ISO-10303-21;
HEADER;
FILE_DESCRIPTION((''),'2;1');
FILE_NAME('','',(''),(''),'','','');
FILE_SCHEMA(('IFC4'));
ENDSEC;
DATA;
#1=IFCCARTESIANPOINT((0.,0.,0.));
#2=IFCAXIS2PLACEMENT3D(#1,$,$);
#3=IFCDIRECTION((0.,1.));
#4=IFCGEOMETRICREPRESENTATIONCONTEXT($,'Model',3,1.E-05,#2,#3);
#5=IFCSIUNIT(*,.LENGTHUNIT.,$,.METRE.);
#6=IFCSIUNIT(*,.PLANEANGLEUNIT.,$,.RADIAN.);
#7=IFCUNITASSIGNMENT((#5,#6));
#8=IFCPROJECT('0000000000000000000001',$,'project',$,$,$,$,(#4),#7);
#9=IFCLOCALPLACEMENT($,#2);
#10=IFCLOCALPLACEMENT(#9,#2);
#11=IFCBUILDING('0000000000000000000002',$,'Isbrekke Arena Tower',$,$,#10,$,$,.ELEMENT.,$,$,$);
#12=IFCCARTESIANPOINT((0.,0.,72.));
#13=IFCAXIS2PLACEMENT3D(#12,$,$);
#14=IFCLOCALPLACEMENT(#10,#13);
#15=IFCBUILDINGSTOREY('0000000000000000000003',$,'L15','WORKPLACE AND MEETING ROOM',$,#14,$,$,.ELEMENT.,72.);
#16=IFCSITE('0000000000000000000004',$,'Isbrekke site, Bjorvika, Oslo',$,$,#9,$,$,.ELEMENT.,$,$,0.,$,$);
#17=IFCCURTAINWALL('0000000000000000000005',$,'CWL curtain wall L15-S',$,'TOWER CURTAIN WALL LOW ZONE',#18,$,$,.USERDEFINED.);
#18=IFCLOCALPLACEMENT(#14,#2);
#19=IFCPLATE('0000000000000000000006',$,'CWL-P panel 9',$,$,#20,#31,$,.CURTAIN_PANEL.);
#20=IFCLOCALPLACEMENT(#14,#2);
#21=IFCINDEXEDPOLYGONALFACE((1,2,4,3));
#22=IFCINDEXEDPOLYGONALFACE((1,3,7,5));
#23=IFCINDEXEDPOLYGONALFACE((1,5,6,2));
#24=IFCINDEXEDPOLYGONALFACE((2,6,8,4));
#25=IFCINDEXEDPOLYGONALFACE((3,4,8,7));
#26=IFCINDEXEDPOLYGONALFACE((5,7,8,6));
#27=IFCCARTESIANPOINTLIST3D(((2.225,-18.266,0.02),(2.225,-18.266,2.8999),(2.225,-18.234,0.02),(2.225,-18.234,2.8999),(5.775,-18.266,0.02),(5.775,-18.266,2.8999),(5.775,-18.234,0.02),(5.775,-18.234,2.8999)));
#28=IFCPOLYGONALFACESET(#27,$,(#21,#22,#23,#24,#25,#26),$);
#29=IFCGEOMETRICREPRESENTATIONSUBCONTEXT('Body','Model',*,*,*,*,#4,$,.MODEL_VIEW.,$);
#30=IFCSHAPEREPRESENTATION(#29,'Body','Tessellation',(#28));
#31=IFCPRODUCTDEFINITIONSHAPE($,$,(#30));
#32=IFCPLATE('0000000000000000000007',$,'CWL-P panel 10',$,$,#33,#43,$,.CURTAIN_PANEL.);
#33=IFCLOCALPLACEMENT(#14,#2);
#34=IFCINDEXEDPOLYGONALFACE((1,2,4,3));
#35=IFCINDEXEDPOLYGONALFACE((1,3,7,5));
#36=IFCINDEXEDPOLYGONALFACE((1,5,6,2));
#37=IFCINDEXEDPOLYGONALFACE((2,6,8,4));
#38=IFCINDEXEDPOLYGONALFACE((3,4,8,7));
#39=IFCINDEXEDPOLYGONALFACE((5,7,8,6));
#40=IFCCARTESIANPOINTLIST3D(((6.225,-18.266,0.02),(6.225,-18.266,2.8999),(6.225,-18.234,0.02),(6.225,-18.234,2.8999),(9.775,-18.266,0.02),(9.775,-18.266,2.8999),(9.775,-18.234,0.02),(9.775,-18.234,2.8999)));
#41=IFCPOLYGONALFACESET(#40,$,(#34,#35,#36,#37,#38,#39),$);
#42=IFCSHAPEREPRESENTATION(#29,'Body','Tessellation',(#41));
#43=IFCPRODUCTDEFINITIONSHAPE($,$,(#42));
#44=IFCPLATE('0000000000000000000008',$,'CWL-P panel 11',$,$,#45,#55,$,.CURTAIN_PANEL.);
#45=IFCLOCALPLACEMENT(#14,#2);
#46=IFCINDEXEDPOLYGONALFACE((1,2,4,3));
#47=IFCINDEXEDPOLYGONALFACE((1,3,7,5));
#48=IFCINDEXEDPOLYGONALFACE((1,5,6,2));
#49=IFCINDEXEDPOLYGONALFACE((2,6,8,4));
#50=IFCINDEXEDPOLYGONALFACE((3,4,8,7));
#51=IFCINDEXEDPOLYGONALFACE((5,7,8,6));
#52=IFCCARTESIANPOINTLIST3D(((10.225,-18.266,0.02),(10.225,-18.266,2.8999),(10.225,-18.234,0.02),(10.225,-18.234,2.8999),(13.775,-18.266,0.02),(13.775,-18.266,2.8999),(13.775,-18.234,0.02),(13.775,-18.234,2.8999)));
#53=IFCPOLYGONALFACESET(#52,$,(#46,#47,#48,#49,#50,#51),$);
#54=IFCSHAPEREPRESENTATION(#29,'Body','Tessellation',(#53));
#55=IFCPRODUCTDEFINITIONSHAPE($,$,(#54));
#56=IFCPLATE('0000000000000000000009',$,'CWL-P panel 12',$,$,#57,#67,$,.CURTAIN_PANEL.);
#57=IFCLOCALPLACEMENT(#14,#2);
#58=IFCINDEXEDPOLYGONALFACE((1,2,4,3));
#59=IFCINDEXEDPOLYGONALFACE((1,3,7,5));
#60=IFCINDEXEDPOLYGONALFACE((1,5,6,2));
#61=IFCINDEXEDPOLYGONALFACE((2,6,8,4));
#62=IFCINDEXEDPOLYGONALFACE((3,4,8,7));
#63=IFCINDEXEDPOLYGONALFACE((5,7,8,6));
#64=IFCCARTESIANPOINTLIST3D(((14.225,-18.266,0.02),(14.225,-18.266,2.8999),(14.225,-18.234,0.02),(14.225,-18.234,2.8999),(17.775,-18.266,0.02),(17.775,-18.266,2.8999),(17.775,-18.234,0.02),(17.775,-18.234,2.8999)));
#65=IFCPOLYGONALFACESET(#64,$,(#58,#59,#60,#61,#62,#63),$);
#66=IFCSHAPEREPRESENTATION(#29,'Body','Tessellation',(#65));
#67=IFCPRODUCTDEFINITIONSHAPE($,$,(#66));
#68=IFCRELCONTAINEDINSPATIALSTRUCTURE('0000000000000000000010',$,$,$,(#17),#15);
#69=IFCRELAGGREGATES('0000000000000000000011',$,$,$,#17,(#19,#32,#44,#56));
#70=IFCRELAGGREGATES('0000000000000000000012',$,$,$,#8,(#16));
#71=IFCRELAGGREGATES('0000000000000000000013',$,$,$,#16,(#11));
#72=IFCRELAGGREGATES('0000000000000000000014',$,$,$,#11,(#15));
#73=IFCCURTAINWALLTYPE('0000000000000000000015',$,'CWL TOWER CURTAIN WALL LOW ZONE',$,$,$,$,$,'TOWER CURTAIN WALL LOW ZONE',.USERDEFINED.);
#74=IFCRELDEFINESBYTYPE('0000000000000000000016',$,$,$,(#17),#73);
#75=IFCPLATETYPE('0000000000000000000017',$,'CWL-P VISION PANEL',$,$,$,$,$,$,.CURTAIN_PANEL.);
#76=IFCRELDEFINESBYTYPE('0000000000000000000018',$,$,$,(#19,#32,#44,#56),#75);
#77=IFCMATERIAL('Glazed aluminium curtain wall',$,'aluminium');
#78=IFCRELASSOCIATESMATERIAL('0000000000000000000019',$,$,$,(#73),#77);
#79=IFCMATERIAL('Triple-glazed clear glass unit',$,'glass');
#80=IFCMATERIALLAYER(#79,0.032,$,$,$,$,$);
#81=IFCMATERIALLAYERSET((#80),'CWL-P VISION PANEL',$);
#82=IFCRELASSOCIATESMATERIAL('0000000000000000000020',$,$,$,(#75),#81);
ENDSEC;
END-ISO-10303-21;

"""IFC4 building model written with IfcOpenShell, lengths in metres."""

from ifc_helpers import new_model, si_unit, direction, frame, origin, origin_2d, place, context, subcontext, project, spatial, rectangle, extrude, material, layer, layer_set, type_object, element, aggregate, save


model = new_model("IFC4")

# Units and contexts
model_context = context("Model", 3, precision=1e-05, world=origin(), true_north=direction((0.0, 1.0)))
body_context = subcontext(model_context, "Body", "Model", "MODEL_VIEW")
ifc_project = project(units=[si_unit("LENGTHUNIT", "METRE"), si_unit("PLANEANGLEUNIT", "RADIAN")], contexts=[model_context])

# Site, building, storey
site_placement = place(None, origin())
site = spatial("IfcSite", under=ifc_project, at=site_placement, Name="Isbrekke site, Bjorvika, Oslo", CompositionType="ELEMENT", RefElevation=0.0)
building_placement = place(site_placement, origin())
building = spatial("IfcBuilding", under=site, at=building_placement, Name="Isbrekke Arena Tower", CompositionType="ELEMENT")
storey_placement = place(building_placement, frame((0.0, 0.0, 72.0)))
storey = spatial("IfcBuildingStorey", under=building, at=storey_placement, Name="L15", Description="WORKPLACE AND MEETING ROOM", CompositionType="ELEMENT", Elevation=72.0)

# Curtain wall
ifc_material_1 = material(Name="Glazed aluminium curtain wall", Category="aluminium")
curtain_wall_type = type_object("IfcCurtainWallType", Name="CWL TOWER CURTAIN WALL LOW ZONE", ElementType="TOWER CURTAIN WALL LOW ZONE", PredefinedType="USERDEFINED", material=ifc_material_1)
curtain_wall_placement = place(storey_placement, origin())
curtain_wall = element("IfcCurtainWall", 1, at=curtain_wall_placement, inside=storey, type_object=curtain_wall_type, Name="CWL curtain wall L15-S", ObjectType="TOWER CURTAIN WALL LOW ZONE", PredefinedType="USERDEFINED")

# Plates
ifc_material_2 = material(Name="Triple-glazed clear glass unit", Category="glass")
ifc_layer = layer(ifc_material_2, 0.032)
ifc_layer_set = layer_set([ifc_layer], Name="CWL-P VISION PANEL")
plate_type = type_object("IfcPlateType", Name="CWL-P VISION PANEL", PredefinedType="CURTAIN_PANEL", material=ifc_layer_set)
plate_1_placement = place(storey_placement, frame((4.0, -18.25, 0.02), z_axis=(0.0, 0.0, 1.0), x_axis=(1.0, 0.0, 0.0)))
plate_1 = element("IfcPlate", 2, at=plate_1_placement, type_object=plate_type, Name="CWL-P panel 9", PredefinedType="CURTAIN_PANEL", context=body_context, shape_type="SweptSolid", body=[
    extrude(rectangle(XDim=3.55, YDim=0.032, at=origin_2d()), origin(), (0.0, 0.0, 1.0), 2.8799),
])
plate_2_placement = place(storey_placement, frame((8.0, -18.25, 0.02), z_axis=(0.0, 0.0, 1.0), x_axis=(1.0, 0.0, 0.0)))
plate_2 = element("IfcPlate", 3, at=plate_2_placement, type_object=plate_type, Name="CWL-P panel 10", PredefinedType="CURTAIN_PANEL", context=body_context, shape_type="SweptSolid", body=[
    extrude(rectangle(XDim=3.55, YDim=0.032, at=origin_2d()), origin(), (0.0, 0.0, 1.0), 2.8799),
])
plate_3_placement = place(storey_placement, frame((12.0, -18.25, 0.02), z_axis=(0.0, 0.0, 1.0), x_axis=(1.0, 0.0, 0.0)))
plate_3 = element("IfcPlate", 4, at=plate_3_placement, type_object=plate_type, Name="CWL-P panel 11", PredefinedType="CURTAIN_PANEL", context=body_context, shape_type="SweptSolid", body=[
    extrude(rectangle(XDim=3.55, YDim=0.032, at=origin_2d()), origin(), (0.0, 0.0, 1.0), 2.8799),
])
plate_4_placement = place(storey_placement, frame((16.0, -18.25, 0.02), z_axis=(0.0, 0.0, 1.0), x_axis=(1.0, 0.0, 0.0)))
plate_4 = element("IfcPlate", 5, at=plate_4_placement, type_object=plate_type, Name="CWL-P panel 12", PredefinedType="CURTAIN_PANEL", context=body_context, shape_type="SweptSolid", body=[
    extrude(rectangle(XDim=3.55, YDim=0.032, at=origin_2d()), origin(), (0.0, 0.0, 1.0), 2.8799),
])
aggregate(curtain_wall, [plate_1, plate_2, plate_3, plate_4])

save(model, "model.ifc")
